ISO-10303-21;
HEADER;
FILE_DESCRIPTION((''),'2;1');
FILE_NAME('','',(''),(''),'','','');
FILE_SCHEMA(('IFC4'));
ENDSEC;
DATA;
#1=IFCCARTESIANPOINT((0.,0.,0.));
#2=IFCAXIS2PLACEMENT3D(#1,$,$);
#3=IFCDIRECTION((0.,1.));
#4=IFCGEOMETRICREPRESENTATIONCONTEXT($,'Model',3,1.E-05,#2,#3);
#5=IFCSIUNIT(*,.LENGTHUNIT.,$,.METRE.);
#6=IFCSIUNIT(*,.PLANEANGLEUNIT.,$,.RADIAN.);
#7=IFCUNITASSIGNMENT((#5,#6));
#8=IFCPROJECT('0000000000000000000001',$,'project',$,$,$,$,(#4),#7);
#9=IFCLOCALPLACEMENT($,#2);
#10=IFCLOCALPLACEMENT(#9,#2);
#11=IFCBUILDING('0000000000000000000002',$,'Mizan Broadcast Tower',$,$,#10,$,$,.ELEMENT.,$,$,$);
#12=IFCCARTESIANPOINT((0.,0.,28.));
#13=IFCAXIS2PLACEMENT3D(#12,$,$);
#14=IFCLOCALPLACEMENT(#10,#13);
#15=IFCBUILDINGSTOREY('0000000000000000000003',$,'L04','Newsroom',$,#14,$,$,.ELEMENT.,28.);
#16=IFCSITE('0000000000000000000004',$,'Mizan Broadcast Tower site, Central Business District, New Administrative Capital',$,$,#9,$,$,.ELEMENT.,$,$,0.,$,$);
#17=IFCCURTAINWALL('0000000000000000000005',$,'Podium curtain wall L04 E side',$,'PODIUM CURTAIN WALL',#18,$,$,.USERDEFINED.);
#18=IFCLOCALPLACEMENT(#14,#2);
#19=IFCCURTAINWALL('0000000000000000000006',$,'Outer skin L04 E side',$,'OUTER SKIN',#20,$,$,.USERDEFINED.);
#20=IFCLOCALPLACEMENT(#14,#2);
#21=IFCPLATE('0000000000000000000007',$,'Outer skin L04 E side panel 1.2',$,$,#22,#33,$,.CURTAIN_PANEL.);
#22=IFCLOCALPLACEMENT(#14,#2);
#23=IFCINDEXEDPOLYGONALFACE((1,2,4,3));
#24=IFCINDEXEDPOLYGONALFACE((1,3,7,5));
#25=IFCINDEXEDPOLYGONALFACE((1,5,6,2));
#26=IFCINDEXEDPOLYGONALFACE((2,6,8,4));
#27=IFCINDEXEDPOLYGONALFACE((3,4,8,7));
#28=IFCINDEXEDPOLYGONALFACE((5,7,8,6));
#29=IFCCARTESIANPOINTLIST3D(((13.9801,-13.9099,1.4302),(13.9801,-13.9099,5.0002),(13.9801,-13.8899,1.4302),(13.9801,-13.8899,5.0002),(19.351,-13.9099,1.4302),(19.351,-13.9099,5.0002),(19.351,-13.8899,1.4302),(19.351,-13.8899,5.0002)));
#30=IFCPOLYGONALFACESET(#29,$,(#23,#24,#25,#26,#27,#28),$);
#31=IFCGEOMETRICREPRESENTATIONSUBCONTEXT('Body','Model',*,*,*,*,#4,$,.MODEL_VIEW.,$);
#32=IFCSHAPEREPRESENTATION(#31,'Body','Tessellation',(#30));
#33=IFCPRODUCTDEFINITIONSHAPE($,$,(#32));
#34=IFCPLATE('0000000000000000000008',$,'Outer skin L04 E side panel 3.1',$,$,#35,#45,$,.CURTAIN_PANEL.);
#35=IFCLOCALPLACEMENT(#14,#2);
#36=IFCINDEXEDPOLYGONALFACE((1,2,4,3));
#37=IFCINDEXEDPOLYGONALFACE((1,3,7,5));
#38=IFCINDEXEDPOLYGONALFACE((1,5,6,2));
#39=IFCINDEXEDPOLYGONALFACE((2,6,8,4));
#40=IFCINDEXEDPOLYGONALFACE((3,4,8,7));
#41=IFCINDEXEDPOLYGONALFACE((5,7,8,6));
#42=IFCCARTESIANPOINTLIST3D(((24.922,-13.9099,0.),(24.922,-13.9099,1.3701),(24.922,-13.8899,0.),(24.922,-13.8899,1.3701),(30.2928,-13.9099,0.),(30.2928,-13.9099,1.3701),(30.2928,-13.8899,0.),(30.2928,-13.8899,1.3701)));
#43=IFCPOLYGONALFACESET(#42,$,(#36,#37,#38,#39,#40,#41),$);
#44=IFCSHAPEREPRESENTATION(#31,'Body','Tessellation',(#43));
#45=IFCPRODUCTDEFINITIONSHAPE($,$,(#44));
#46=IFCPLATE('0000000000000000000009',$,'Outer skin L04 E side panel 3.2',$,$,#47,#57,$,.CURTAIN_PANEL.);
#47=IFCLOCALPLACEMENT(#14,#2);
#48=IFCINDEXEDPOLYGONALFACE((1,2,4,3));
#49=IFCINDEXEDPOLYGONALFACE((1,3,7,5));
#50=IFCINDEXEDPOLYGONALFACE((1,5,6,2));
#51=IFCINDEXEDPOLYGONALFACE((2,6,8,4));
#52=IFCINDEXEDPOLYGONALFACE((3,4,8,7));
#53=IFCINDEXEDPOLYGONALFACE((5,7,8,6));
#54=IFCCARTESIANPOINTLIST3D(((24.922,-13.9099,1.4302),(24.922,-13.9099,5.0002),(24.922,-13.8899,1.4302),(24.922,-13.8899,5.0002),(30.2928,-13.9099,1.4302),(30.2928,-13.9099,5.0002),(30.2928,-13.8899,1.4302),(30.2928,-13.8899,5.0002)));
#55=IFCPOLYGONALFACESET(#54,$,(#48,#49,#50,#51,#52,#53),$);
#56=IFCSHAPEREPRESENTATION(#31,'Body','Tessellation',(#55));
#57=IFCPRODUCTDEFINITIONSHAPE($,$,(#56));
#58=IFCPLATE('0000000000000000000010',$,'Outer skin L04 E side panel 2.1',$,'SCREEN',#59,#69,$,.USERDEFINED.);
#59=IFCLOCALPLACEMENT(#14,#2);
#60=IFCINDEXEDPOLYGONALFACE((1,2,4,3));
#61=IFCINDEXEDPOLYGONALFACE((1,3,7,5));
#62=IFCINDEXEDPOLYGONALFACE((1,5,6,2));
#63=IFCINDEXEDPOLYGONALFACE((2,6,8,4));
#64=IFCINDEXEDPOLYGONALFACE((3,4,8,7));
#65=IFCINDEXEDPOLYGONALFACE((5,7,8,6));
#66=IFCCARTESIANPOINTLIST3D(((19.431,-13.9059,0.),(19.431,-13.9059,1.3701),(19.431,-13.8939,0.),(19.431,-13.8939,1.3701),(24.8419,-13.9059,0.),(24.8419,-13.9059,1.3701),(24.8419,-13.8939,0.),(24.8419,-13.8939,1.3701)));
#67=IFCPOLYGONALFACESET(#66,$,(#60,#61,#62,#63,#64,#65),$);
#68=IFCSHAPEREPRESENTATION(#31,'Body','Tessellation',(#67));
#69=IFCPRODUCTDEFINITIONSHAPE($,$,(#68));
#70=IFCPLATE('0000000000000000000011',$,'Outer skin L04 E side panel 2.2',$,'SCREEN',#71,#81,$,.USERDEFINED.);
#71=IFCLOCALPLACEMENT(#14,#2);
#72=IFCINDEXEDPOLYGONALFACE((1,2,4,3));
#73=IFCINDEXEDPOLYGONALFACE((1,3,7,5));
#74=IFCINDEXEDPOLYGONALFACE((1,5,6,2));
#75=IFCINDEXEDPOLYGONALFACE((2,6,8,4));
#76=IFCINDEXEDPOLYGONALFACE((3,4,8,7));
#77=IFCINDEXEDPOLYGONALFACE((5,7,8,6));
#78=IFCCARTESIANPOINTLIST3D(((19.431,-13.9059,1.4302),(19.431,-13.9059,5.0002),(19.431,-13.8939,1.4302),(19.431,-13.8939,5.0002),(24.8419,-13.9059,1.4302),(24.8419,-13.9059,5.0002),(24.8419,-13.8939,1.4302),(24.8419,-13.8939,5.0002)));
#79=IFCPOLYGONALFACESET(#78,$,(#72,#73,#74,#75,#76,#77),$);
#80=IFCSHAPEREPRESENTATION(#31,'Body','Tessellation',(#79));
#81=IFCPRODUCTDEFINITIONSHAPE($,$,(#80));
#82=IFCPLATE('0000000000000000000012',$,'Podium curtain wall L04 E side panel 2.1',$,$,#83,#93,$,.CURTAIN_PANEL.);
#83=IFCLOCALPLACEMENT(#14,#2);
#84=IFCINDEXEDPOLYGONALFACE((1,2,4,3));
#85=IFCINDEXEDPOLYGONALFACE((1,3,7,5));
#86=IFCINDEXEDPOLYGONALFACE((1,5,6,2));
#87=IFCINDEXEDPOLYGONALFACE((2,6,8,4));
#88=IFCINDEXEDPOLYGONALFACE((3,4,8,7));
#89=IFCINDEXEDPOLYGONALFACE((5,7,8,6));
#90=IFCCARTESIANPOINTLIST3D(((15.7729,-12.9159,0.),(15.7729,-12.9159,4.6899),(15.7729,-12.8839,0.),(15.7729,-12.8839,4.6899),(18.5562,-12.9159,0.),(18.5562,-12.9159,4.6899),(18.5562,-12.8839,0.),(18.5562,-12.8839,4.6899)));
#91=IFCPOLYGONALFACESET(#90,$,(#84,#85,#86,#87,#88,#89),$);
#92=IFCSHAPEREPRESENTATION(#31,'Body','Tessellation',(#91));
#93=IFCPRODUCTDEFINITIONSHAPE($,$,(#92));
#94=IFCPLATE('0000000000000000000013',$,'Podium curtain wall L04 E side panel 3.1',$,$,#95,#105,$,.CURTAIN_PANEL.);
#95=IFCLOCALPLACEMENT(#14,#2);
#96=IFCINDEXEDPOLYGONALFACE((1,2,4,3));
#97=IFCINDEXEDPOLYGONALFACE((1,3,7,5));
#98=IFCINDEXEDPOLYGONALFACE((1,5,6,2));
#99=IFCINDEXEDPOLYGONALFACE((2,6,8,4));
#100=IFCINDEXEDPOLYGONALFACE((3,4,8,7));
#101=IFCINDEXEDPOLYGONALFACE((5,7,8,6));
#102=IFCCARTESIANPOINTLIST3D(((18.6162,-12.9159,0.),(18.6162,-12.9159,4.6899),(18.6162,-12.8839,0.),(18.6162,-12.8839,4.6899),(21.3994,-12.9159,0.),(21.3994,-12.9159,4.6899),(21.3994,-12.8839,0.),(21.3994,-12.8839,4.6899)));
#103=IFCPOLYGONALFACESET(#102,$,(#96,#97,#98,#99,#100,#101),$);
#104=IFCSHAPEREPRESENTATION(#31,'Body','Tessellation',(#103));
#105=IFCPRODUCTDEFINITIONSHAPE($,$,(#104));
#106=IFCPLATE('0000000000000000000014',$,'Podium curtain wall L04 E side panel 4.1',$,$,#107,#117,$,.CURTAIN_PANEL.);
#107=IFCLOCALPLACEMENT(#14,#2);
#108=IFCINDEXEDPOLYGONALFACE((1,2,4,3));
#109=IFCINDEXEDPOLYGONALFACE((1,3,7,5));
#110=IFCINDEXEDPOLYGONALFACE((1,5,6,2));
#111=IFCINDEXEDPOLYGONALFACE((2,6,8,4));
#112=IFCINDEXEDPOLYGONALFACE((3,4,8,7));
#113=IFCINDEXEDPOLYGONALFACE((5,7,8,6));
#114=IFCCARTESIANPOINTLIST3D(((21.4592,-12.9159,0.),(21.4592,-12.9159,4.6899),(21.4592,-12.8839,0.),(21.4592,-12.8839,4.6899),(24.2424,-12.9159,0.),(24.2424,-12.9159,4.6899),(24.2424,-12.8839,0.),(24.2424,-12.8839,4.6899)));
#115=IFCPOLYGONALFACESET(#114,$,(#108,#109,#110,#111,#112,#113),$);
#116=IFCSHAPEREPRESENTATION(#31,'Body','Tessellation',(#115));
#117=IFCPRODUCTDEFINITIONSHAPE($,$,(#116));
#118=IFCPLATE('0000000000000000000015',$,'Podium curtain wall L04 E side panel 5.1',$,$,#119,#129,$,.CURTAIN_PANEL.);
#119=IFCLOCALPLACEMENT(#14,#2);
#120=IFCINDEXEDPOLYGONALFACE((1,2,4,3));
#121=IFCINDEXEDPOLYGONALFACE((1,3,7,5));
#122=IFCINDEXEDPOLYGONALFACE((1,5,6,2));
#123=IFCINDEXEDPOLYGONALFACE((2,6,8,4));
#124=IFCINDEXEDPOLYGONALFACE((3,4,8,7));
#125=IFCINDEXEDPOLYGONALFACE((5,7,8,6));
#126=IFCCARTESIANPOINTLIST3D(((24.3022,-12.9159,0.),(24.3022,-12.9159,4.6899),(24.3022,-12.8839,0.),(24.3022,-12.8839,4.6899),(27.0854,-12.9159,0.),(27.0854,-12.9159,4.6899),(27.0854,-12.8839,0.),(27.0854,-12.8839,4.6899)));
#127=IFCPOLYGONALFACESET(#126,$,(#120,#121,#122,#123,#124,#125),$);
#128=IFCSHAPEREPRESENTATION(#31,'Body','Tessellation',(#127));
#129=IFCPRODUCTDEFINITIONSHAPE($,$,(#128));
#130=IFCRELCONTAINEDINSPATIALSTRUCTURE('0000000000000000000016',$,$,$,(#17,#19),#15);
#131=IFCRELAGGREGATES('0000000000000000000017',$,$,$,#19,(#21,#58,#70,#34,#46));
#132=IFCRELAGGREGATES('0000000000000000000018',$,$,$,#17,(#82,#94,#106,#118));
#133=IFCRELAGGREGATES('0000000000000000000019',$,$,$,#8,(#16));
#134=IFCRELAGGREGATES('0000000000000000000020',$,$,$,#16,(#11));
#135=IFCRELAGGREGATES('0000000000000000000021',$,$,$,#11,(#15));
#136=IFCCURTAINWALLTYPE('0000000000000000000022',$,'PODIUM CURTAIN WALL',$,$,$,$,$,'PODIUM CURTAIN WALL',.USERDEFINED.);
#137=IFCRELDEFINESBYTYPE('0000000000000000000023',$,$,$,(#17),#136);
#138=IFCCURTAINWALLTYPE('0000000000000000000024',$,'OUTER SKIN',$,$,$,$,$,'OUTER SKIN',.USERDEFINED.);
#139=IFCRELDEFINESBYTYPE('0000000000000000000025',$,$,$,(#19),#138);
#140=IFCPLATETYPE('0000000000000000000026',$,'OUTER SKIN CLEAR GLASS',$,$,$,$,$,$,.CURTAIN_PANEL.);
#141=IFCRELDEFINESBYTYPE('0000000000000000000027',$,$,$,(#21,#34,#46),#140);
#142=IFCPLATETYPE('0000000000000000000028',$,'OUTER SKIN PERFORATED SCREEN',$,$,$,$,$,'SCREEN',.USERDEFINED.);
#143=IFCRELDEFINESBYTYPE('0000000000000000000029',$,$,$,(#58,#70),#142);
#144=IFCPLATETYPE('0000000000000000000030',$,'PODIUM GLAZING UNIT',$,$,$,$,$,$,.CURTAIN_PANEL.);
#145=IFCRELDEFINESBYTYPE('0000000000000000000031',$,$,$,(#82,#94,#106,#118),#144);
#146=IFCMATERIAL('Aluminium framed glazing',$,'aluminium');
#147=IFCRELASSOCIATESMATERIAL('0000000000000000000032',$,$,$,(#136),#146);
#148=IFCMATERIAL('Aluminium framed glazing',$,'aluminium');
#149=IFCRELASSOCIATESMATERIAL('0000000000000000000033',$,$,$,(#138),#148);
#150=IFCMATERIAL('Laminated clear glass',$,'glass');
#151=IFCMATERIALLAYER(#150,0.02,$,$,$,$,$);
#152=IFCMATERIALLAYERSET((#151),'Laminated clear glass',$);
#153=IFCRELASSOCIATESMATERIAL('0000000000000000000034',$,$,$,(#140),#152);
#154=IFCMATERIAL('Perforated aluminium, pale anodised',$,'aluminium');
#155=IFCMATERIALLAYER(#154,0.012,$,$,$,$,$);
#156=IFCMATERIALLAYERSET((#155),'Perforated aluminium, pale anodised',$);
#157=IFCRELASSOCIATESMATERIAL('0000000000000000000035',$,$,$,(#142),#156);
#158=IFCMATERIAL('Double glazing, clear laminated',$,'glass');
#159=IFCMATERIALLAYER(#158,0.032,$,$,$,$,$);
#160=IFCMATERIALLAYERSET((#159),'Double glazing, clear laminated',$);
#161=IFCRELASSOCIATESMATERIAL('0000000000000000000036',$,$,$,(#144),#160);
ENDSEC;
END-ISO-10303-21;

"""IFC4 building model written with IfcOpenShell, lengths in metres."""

from ifc_helpers import new_model, si_unit, direction, frame, origin, origin_2d, place, context, subcontext, project, spatial, rectangle, extrude, material, layer, layer_set, type_object, element, aggregate, save


model = new_model("IFC4")

# Units and contexts
model_context = context("Model", 3, precision=1e-05, world=origin(), true_north=direction((0.0, 1.0)))
body_context = subcontext(model_context, "Body", "Model", "MODEL_VIEW")
ifc_project = project(units=[si_unit("LENGTHUNIT", "METRE"), si_unit("PLANEANGLEUNIT", "RADIAN")], contexts=[model_context])

# Site, building, storey
site_placement = place(None, origin())
site = spatial("IfcSite", under=ifc_project, at=site_placement, Name="Mizan Broadcast Tower site, Central Business District, New Administrative Capital", CompositionType="ELEMENT", RefElevation=0.0)
building_placement = place(site_placement, origin())
building = spatial("IfcBuilding", under=site, at=building_placement, Name="Mizan Broadcast Tower", CompositionType="ELEMENT")
storey_placement = place(building_placement, frame((0.0, 0.0, 28.0)))
storey = spatial("IfcBuildingStorey", under=building, at=storey_placement, Name="L04", Description="Newsroom", CompositionType="ELEMENT", Elevation=28.0)

# Curtain walls
ifc_material_1 = material(Name="Aluminium framed glazing", Category="aluminium")
curtain_wall_type_1 = type_object("IfcCurtainWallType", Name="PODIUM CURTAIN WALL", ElementType="PODIUM CURTAIN WALL", PredefinedType="USERDEFINED", material=ifc_material_1)
curtain_wall_1_placement = place(storey_placement, origin())
curtain_wall_1 = element("IfcCurtainWall", 1, at=curtain_wall_1_placement, inside=storey, type_object=curtain_wall_type_1, Name="Podium curtain wall L04 E side", ObjectType="PODIUM CURTAIN WALL", PredefinedType="USERDEFINED")
ifc_material_2 = material(Name="Aluminium framed glazing", Category="aluminium")
curtain_wall_type_2 = type_object("IfcCurtainWallType", Name="OUTER SKIN", ElementType="OUTER SKIN", PredefinedType="USERDEFINED", material=ifc_material_2)
curtain_wall_2_placement = place(storey_placement, origin())
curtain_wall_2 = element("IfcCurtainWall", 2, at=curtain_wall_2_placement, inside=storey, type_object=curtain_wall_type_2, Name="Outer skin L04 E side", ObjectType="OUTER SKIN", PredefinedType="USERDEFINED")

# Plates
ifc_material_3 = material(Name="Laminated clear glass", Category="glass")
ifc_layer_1 = layer(ifc_material_3, 0.02)
ifc_layer_set_1 = layer_set([ifc_layer_1], Name="Laminated clear glass")
plate_type_1 = type_object("IfcPlateType", Name="OUTER SKIN CLEAR GLASS", PredefinedType="CURTAIN_PANEL", material=ifc_layer_set_1)
plate_1_placement = place(storey_placement, frame((16.6655, -13.8999, 1.4302), z_axis=(0.0, 0.0, 1.0), x_axis=(1.0, 0.0, 0.0)))
plate_1 = element("IfcPlate", 3, at=plate_1_placement, type_object=plate_type_1, Name="Outer skin L04 E side panel 1.2", PredefinedType="CURTAIN_PANEL", context=body_context, shape_type="SweptSolid", body=[
    extrude(rectangle(XDim=5.3708, YDim=0.02, at=origin_2d()), origin(), (0.0, 0.0, 1.0), 3.5701),
])
plate_2_placement = place(storey_placement, frame((27.6074, -13.8999, 0.0), z_axis=(0.0, 0.0, 1.0), x_axis=(1.0, 0.0, 0.0)))
plate_2 = element("IfcPlate", 4, at=plate_2_placement, type_object=plate_type_1, Name="Outer skin L04 E side panel 3.1", PredefinedType="CURTAIN_PANEL", context=body_context, shape_type="SweptSolid", body=[
    extrude(rectangle(XDim=5.3708, YDim=0.02, at=origin_2d()), origin(), (0.0, 0.0, 1.0), 1.3701),
])
plate_3_placement = place(storey_placement, frame((27.6074, -13.8999, 1.4302), z_axis=(0.0, 0.0, 1.0), x_axis=(1.0, 0.0, 0.0)))
plate_3 = element("IfcPlate", 5, at=plate_3_placement, type_object=plate_type_1, Name="Outer skin L04 E side panel 3.2", PredefinedType="CURTAIN_PANEL", context=body_context, shape_type="SweptSolid", body=[
    extrude(rectangle(XDim=5.3708, YDim=0.02, at=origin_2d()), origin(), (0.0, 0.0, 1.0), 3.5701),
])
ifc_material_4 = material(Name="Perforated aluminium, pale anodised", Category="aluminium")
ifc_layer_2 = layer(ifc_material_4, 0.012)
ifc_layer_set_2 = layer_set([ifc_layer_2], Name="Perforated aluminium, pale anodised")
plate_type_2 = type_object("IfcPlateType", Name="OUTER SKIN PERFORATED SCREEN", ElementType="SCREEN", PredefinedType="USERDEFINED", material=ifc_layer_set_2)
plate_4_placement = place(storey_placement, frame((22.1365, -13.8999, 0.0), z_axis=(0.0, 0.0, 1.0), x_axis=(1.0, 0.0, 0.0)))
plate_4 = element("IfcPlate", 6, at=plate_4_placement, type_object=plate_type_2, Name="Outer skin L04 E side panel 2.1", ObjectType="SCREEN", PredefinedType="USERDEFINED", context=body_context, shape_type="SweptSolid", body=[
    extrude(rectangle(XDim=5.4109, YDim=0.012, at=origin_2d()), origin(), (0.0, 0.0, 1.0), 1.3701),
])
plate_5_placement = place(storey_placement, frame((22.1365, -13.8999, 1.4302), z_axis=(0.0, 0.0, 1.0), x_axis=(1.0, 0.0, 0.0)))
plate_5 = element("IfcPlate", 7, at=plate_5_placement, type_object=plate_type_2, Name="Outer skin L04 E side panel 2.2", ObjectType="SCREEN", PredefinedType="USERDEFINED", context=body_context, shape_type="SweptSolid", body=[
    extrude(rectangle(XDim=5.4109, YDim=0.012, at=origin_2d()), origin(), (0.0, 0.0, 1.0), 3.5701),
])
aggregate(curtain_wall_2, [plate_1, plate_4, plate_5, plate_2, plate_3])
ifc_material_5 = material(Name="Double glazing, clear laminated", Category="glass")
ifc_layer_3 = layer(ifc_material_5, 0.032)
ifc_layer_set_3 = layer_set([ifc_layer_3], Name="Double glazing, clear laminated")
plate_type_3 = type_object("IfcPlateType", Name="PODIUM GLAZING UNIT", PredefinedType="CURTAIN_PANEL", material=ifc_layer_set_3)
plate_6_placement = place(storey_placement, frame((17.1646, -12.8999, 0.0), z_axis=(0.0, 0.0, 1.0), x_axis=(1.0, 0.0, 0.0)))
plate_6 = element("IfcPlate", 8, at=plate_6_placement, type_object=plate_type_3, Name="Podium curtain wall L04 E side panel 2.1", PredefinedType="CURTAIN_PANEL", context=body_context, shape_type="SweptSolid", body=[
    extrude(rectangle(XDim=2.7832, YDim=0.032, at=origin_2d()), origin(), (0.0, 0.0, 1.0), 4.6899),
])
plate_7_placement = place(storey_placement, frame((20.0078, -12.8999, 0.0), z_axis=(0.0, 0.0, 1.0), x_axis=(1.0, 0.0, 0.0)))
plate_7 = element("IfcPlate", 9, at=plate_7_placement, type_object=plate_type_3, Name="Podium curtain wall L04 E side panel 3.1", PredefinedType="CURTAIN_PANEL", context=body_context, shape_type="SweptSolid", body=[
    extrude(rectangle(XDim=2.7832, YDim=0.032, at=origin_2d()), origin(), (0.0, 0.0, 1.0), 4.6899),
])
plate_8_placement = place(storey_placement, frame((22.8508, -12.8999, 0.0), z_axis=(0.0, 0.0, 1.0), x_axis=(1.0, 0.0, 0.0)))
plate_8 = element("IfcPlate", 10, at=plate_8_placement, type_object=plate_type_3, Name="Podium curtain wall L04 E side panel 4.1", PredefinedType="CURTAIN_PANEL", context=body_context, shape_type="SweptSolid", body=[
    extrude(rectangle(XDim=2.7832, YDim=0.032, at=origin_2d()), origin(), (0.0, 0.0, 1.0), 4.6899),
])
plate_9_placement = place(storey_placement, frame((25.6938, -12.8999, 0.0), z_axis=(0.0, 0.0, 1.0), x_axis=(1.0, 0.0, 0.0)))
plate_9 = element("IfcPlate", 11, at=plate_9_placement, type_object=plate_type_3, Name="Podium curtain wall L04 E side panel 5.1", PredefinedType="CURTAIN_PANEL", context=body_context, shape_type="SweptSolid", body=[
    extrude(rectangle(XDim=2.7832, YDim=0.032, at=origin_2d()), origin(), (0.0, 0.0, 1.0), 4.6899),
])
aggregate(curtain_wall_1, [plate_6, plate_7, plate_8, plate_9])

save(model, "model.ifc")
